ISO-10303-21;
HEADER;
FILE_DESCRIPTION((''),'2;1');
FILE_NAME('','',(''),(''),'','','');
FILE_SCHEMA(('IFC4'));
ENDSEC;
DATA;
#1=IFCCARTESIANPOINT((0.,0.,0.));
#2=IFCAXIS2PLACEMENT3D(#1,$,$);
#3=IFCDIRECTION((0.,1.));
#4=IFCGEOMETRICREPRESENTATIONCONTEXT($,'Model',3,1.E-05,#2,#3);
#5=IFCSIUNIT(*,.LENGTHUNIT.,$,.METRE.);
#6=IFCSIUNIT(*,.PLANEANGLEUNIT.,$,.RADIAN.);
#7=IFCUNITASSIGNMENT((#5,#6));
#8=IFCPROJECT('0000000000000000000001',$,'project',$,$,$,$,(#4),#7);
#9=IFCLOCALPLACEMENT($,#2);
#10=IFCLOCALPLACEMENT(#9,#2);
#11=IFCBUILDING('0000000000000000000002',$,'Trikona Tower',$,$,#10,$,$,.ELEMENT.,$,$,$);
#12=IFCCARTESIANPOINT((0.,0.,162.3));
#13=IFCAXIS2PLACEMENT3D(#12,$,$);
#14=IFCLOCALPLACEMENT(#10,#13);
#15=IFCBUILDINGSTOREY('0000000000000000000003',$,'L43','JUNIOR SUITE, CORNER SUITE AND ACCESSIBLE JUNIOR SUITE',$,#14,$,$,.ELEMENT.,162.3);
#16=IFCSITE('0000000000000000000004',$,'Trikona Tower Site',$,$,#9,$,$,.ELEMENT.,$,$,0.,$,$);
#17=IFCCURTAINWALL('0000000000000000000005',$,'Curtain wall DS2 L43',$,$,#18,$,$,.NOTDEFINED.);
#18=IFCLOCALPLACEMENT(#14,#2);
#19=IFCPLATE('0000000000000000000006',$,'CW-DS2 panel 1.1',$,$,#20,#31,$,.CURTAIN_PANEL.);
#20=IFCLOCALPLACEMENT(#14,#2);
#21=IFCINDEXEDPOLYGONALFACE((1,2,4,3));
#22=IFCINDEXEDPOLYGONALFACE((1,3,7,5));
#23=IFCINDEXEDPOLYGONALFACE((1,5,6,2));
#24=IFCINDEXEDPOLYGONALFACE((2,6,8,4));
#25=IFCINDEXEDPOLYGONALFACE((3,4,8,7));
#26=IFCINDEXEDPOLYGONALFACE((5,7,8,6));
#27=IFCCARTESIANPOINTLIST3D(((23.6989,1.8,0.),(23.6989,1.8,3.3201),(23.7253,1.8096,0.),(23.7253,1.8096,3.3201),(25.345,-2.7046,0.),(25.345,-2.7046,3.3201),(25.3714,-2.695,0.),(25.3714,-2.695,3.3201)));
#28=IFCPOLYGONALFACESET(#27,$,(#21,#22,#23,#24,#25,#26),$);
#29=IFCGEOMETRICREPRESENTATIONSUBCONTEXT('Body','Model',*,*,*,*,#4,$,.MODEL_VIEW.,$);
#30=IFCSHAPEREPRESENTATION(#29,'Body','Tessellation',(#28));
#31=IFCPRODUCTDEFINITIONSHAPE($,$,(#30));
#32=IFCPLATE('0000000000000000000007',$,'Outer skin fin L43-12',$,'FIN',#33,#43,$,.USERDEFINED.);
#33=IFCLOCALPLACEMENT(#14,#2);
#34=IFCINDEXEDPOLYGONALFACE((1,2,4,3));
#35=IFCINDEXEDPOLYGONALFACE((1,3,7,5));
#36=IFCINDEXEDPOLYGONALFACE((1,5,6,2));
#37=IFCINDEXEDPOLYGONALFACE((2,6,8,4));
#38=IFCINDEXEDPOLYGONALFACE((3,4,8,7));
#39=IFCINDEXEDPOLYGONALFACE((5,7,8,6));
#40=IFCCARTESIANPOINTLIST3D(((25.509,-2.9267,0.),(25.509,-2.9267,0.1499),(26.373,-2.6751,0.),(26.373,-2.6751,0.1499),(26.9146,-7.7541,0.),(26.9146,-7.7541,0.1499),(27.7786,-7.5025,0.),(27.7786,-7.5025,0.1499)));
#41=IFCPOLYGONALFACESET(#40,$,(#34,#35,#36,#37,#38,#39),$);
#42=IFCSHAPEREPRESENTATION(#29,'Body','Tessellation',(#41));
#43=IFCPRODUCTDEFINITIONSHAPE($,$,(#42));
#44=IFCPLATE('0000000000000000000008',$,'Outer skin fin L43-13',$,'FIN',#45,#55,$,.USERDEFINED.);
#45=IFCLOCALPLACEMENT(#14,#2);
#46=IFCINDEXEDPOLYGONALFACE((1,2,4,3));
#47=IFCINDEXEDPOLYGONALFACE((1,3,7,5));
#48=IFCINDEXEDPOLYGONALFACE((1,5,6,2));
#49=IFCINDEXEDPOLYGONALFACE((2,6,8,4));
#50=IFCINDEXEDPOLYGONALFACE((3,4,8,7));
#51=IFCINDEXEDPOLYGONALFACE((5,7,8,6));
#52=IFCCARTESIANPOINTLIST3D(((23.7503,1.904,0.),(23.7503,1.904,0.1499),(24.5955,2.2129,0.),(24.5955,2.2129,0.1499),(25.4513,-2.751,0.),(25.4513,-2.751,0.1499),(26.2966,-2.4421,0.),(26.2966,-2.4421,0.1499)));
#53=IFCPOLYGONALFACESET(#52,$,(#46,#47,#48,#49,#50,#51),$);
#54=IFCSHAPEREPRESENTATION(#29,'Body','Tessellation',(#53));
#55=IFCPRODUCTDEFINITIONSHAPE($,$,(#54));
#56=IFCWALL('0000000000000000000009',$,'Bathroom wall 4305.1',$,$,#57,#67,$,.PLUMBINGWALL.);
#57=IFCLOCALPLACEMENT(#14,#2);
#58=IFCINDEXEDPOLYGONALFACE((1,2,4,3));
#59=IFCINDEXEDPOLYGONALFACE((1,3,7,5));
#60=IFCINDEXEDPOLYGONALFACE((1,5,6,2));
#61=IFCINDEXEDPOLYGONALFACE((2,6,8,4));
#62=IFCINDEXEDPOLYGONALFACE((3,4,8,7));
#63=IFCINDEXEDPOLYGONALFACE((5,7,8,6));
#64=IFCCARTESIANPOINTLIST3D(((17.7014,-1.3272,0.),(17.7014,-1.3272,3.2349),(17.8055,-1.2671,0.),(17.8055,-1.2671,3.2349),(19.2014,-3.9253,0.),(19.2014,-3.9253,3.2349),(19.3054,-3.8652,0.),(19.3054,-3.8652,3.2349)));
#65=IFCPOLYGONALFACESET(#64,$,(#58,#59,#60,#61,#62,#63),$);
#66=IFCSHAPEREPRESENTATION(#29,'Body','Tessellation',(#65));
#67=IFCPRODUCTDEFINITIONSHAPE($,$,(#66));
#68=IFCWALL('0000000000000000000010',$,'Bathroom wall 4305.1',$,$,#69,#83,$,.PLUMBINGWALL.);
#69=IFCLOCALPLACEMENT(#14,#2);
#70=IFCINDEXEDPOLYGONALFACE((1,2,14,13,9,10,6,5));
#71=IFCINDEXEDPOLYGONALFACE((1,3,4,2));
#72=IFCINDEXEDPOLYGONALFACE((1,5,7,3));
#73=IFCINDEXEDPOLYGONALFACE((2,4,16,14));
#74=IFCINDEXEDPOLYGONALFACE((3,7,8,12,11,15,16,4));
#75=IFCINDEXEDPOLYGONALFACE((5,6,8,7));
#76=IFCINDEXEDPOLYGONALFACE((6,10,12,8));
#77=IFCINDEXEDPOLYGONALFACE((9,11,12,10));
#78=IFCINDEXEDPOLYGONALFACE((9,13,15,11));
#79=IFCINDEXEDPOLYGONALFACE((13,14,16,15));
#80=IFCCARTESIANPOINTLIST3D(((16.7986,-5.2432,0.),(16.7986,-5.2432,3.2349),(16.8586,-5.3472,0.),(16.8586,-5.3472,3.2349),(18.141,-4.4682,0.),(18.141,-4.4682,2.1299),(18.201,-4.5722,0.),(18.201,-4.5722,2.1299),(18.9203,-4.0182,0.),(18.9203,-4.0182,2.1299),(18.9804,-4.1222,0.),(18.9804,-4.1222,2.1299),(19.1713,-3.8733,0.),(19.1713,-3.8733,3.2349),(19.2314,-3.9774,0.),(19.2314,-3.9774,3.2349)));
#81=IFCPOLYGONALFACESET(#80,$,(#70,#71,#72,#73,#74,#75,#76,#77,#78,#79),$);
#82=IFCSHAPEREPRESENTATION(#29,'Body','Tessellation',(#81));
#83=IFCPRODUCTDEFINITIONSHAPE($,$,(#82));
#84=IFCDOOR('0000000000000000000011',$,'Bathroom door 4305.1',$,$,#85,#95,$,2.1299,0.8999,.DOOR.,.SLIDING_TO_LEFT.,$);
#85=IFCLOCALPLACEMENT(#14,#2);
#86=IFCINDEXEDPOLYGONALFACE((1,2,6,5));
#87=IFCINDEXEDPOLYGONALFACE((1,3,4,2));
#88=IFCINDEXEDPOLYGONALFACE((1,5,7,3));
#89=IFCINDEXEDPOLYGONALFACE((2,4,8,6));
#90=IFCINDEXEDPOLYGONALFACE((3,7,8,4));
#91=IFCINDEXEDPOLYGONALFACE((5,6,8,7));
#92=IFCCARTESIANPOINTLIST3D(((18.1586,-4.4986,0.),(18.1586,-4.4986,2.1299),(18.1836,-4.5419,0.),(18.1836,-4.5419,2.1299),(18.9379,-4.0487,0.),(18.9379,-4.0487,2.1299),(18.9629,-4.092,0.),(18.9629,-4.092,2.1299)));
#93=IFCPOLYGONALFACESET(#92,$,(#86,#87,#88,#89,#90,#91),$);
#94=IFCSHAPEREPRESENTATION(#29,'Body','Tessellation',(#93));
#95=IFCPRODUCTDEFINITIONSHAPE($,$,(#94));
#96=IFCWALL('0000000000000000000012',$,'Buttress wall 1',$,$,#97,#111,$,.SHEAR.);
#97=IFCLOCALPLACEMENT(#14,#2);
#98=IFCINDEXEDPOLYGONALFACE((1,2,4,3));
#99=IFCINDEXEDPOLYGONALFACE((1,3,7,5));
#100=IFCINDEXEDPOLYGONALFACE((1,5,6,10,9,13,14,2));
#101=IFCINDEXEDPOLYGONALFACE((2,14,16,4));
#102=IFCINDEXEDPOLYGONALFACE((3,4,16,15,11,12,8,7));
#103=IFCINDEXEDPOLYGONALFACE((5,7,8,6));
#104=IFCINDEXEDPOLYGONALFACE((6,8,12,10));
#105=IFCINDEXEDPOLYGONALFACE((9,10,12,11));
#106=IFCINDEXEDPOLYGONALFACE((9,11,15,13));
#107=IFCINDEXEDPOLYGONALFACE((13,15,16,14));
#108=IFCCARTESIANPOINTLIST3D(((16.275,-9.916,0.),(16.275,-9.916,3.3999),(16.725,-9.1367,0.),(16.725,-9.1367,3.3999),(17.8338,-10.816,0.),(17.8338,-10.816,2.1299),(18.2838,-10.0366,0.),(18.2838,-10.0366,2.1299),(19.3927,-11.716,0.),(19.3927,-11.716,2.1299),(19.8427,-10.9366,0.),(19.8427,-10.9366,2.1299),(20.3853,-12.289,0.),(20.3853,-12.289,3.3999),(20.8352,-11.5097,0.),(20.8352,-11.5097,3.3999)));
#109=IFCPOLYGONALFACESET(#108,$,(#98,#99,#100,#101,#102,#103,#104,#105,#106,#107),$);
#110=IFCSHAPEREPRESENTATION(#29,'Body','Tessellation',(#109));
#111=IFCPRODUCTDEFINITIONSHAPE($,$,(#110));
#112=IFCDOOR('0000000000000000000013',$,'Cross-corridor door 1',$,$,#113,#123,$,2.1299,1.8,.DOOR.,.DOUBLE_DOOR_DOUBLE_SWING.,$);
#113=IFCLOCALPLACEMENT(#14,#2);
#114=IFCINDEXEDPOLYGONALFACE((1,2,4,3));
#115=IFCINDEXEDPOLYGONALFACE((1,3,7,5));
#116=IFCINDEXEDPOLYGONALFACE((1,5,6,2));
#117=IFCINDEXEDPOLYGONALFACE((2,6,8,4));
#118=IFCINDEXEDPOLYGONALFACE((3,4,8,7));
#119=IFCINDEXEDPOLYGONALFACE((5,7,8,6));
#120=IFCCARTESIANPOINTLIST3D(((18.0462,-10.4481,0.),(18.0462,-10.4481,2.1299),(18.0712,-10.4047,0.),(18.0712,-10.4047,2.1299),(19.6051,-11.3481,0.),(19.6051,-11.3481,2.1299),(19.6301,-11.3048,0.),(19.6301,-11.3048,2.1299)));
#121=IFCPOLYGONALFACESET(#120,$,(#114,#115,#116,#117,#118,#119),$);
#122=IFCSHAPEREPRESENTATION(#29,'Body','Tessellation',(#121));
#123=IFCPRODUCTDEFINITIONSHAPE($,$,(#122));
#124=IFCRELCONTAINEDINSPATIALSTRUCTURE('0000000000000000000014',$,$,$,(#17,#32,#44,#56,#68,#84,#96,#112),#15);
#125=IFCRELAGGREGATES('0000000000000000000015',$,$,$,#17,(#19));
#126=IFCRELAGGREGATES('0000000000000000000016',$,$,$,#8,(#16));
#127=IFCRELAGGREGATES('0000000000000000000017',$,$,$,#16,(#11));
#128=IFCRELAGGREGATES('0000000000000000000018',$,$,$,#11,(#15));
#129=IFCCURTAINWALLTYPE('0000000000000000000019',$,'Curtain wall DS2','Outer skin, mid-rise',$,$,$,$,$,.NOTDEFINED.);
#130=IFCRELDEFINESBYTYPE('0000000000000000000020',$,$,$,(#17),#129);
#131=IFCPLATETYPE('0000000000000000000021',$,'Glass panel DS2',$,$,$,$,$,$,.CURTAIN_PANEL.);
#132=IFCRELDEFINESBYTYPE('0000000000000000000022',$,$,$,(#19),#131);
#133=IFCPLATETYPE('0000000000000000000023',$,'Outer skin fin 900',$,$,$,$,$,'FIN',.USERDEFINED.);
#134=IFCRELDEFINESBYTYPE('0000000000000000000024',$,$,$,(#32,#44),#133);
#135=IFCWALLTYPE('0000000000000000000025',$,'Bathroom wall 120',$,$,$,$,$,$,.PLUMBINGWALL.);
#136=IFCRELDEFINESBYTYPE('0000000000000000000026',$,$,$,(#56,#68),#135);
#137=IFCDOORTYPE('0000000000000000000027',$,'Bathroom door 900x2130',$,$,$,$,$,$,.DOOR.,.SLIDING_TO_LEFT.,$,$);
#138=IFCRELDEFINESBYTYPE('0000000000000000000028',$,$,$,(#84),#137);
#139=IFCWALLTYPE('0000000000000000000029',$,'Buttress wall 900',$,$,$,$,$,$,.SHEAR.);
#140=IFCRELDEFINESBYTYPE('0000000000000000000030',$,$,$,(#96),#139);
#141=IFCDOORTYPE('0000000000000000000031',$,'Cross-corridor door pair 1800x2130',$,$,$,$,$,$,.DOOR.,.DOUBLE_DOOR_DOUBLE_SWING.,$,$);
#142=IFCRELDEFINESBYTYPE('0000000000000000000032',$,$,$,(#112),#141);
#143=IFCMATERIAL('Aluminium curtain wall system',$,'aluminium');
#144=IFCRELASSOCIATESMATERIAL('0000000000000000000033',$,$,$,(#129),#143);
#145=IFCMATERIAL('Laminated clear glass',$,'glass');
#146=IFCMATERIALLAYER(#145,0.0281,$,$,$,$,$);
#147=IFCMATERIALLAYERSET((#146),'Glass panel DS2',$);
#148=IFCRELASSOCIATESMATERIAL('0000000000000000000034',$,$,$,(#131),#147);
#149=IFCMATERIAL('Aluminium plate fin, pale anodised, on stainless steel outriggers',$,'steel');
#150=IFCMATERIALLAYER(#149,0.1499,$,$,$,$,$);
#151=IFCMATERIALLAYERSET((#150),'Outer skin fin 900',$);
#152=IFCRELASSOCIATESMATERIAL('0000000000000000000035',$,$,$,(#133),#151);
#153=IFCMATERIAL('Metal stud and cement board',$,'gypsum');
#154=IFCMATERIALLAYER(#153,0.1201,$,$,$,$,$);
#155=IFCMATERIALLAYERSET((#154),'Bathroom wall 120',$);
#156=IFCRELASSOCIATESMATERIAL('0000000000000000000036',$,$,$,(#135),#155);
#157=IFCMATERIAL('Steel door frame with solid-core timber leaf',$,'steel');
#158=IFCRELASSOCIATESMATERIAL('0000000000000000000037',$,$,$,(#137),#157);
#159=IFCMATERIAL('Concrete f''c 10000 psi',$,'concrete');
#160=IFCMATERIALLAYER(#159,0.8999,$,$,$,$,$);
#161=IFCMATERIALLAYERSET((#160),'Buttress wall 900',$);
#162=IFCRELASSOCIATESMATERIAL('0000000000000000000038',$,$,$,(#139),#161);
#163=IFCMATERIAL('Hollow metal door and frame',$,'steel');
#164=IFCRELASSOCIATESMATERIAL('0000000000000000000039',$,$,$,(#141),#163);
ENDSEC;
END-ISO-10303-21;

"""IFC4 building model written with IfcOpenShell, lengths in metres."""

from ifc_helpers import new_model, si_unit, direction, frame, frame_2d, origin, origin_2d, place, context, subcontext, project, spatial, rectangle, extrude, material, layer, layer_set, type_object, element, fill, aggregate, save


model = new_model("IFC4")

# Units and contexts
model_context = context("Model", 3, precision=1e-05, world=origin(), true_north=direction((0.0, 1.0)))
body_context = subcontext(model_context, "Body", "Model", "MODEL_VIEW")
ifc_project = project(units=[si_unit("LENGTHUNIT", "METRE"), si_unit("PLANEANGLEUNIT", "RADIAN")], contexts=[model_context])

# Site, building, storey
site_placement = place(None, origin())
site = spatial("IfcSite", under=ifc_project, at=site_placement, Name="Trikona Tower Site", CompositionType="ELEMENT", RefElevation=0.0)
building_placement = place(site_placement, origin())
building = spatial("IfcBuilding", under=site, at=building_placement, Name="Trikona Tower", CompositionType="ELEMENT")
storey_placement = place(building_placement, frame((0.0, 0.0, 162.3)))
storey = spatial("IfcBuildingStorey", under=building, at=storey_placement, Name="L43", Description="JUNIOR SUITE, CORNER SUITE AND ACCESSIBLE JUNIOR SUITE", CompositionType="ELEMENT", Elevation=162.3)

# Shared definitions
ifc_material_1 = material(Name="Aluminium curtain wall system", Category="aluminium")
curtain_wall_type = type_object("IfcCurtainWallType", Name="Curtain wall DS2", Description="Outer skin, mid-rise", PredefinedType="NOTDEFINED", material=ifc_material_1)

# Curtain wall
curtain_wall_1_placement = place(storey_placement, origin())
curtain_wall_1 = element("IfcCurtainWall", 1, at=curtain_wall_1_placement, inside=storey, type_object=curtain_wall_type, Name="Curtain wall DS2 L43", PredefinedType="NOTDEFINED")

# Plate
ifc_material_2 = material(Name="Laminated clear glass", Category="glass")
ifc_layer_1 = layer(ifc_material_2, 0.0281)
ifc_layer_set_1 = layer_set([ifc_layer_1], Name="Glass panel DS2")
plate_type_1 = type_object("IfcPlateType", Name="Glass panel DS2", PredefinedType="CURTAIN_PANEL", material=ifc_layer_set_1)
plate_1_placement = place(storey_placement, frame((24.5352, -0.4475, 0.0), z_axis=(0.0, 0.0, 1.0), x_axis=(-0.343223, 0.939254, 0.0)))
plate_1 = element("IfcPlate", 2, at=plate_1_placement, type_object=plate_type_1, Name="CW-DS2 panel 1.1", PredefinedType="CURTAIN_PANEL", context=body_context, shape_type="SweptSolid", body=[
    extrude(rectangle(XDim=4.7959, YDim=0.0281, at=origin_2d()), origin(), (0.0, 0.0, 1.0), 3.3201),
])
aggregate(curtain_wall_1, [plate_1])

# Plates
ifc_material_3 = material(Name="Aluminium plate fin, pale anodised, on stainless steel outriggers", Category="steel")
ifc_layer_2 = layer(ifc_material_3, 0.1499)
ifc_layer_set_2 = layer_set([ifc_layer_2], Name="Outer skin fin 900")
plate_type_2 = type_object("IfcPlateType", Name="Outer skin fin 900", ElementType="FIN", PredefinedType="USERDEFINED", material=ifc_layer_set_2)
plate_2_placement = place(storey_placement, frame((26.6438, -5.2146, 0.0), z_axis=(0.0, 0.0, 1.0), x_axis=(-0.279554, 0.96013, 0.0)))
element("IfcPlate", 3, at=plate_2_placement, inside=storey, type_object=plate_type_2, Name="Outer skin fin L43-12", ObjectType="FIN", PredefinedType="USERDEFINED", context=body_context, shape_type="SweptSolid", body=[
    extrude(rectangle(XDim=5.0278, YDim=0.8999, at=origin_2d()), origin(), (0.0, 0.0, 1.0), 0.1499),
])
plate_3_placement = place(storey_placement, frame((25.0234, -0.269, 0.0), z_axis=(0.0, 0.0, 1.0), x_axis=(-0.34322, 0.939255, 0.0)))
element("IfcPlate", 4, at=plate_3_placement, inside=storey, type_object=plate_type_2, Name="Outer skin fin L43-13", ObjectType="FIN", PredefinedType="USERDEFINED", context=body_context, shape_type="SweptSolid", body=[
    extrude(rectangle(XDim=4.9561, YDim=0.8999, at=origin_2d()), origin(), (0.0, 0.0, 1.0), 0.1499),
])

# Wall
ifc_material_4 = material(Name="Metal stud and cement board", Category="gypsum")
ifc_layer_3 = layer(ifc_material_4, 0.1201)
ifc_layer_set_3 = layer_set([ifc_layer_3], Name="Bathroom wall 120")
wall_type_1 = type_object("IfcWallType", Name="Bathroom wall 120", PredefinedType="PLUMBINGWALL", material=ifc_layer_set_3)
wall_1_placement = place(storey_placement, frame((19.2534, -3.8953, 0.0), z_axis=(0.0, 0.0, 1.0), x_axis=(-0.49999, 0.866031, 0.0)))
element("IfcWall", 5, at=wall_1_placement, inside=storey, type_object=wall_type_1, Name="Bathroom wall 4305.1", PredefinedType="PLUMBINGWALL", context=body_context, shape_type="SweptSolid", body=[
    extrude(rectangle(XDim=3.0, YDim=0.1201, at=frame_2d((1.5, 0.0))), origin(), (0.0, 0.0, 1.0), 3.2349),
])

# Walls, openings, doors
wall_2_placement = place(storey_placement, frame((16.8286, -5.2952, 0.0), z_axis=(0.0, 0.0, 1.0), x_axis=(0.866036, 0.499982, 0.0)))
wall_2 = element("IfcWall", 6, at=wall_2_placement, inside=storey, type_object=wall_type_1, Name="Bathroom wall 4305.1", PredefinedType="PLUMBINGWALL", context=body_context, shape_type="SweptSolid", body=[
    extrude(rectangle(XDim=2.7397, YDim=0.1201, at=frame_2d((1.3699, 0.0))), origin(), (0.0, 0.0, 1.0), 3.2349),
])
opening_1_placement = place(wall_2_placement, frame((1.55, 0.0, 0.0)))
opening_1 = element("IfcOpeningElement", 7, at=opening_1_placement, cuts=wall_2, PredefinedType="OPENING", context=body_context, shape_type="SweptSolid", body=[
    extrude(rectangle(XDim=0.8999, YDim=2.1299, at=frame_2d((0.45, 1.0649))), frame((0.0, 0.0701, 0.0), z_axis=(0.0, -1.0, 0.0), x_axis=(1.0, 0.0, 0.0)), (0.0, 0.0, 1.0), 0.1401),
])
ifc_material_5 = material(Name="Steel door frame with solid-core timber leaf", Category="steel")
door_type_1 = type_object("IfcDoorType", Name="Bathroom door 900x2130", OperationType="SLIDING_TO_LEFT", PredefinedType="DOOR", material=ifc_material_5)
door_1_placement = place(opening_1_placement, origin())
door_1 = element("IfcDoor", 8, at=door_1_placement, inside=storey, type_object=door_type_1, Name="Bathroom door 4305.1", OperationType="SLIDING_TO_LEFT", OverallHeight=2.1299, OverallWidth=0.8999, PredefinedType="DOOR", context=body_context, shape_type="SweptSolid", body=[
    extrude(rectangle(XDim=0.8999, YDim=2.1299, at=frame_2d((0.45, 1.0649))), frame((0.0, 0.0249, 0.0), z_axis=(0.0, -1.0, 0.0), x_axis=(1.0, 0.0, 0.0)), (0.0, 0.0, 1.0), 0.05),
])
fill(opening_1, door_1)
ifc_material_6 = material(Name="Concrete f'c 10000 psi", Category="concrete")
ifc_layer_4 = layer(ifc_material_6, 0.8999)
ifc_layer_set_4 = layer_set([ifc_layer_4], Name="Buttress wall 900")
wall_type_2 = type_object("IfcWallType", Name="Buttress wall 900", PredefinedType="SHEAR", material=ifc_layer_set_4)
wall_3_placement = place(storey_placement, frame((16.5, -9.5264, 0.0), z_axis=(0.0, 0.0, 1.0), x_axis=(0.866031, -0.49999, 0.0)))
wall_3 = element("IfcWall", 9, at=wall_3_placement, inside=storey, type_object=wall_type_2, Name="Buttress wall 1", PredefinedType="SHEAR", context=body_context, shape_type="SweptSolid", body=[
    extrude(rectangle(XDim=4.7461, YDim=0.8999, at=frame_2d((2.373, 0.0))), origin(), (0.0, 0.0, 1.0), 3.3999),
])
opening_2_placement = place(wall_3_placement, frame((1.8, 0.0, 0.0)))
opening_2 = element("IfcOpeningElement", 10, at=opening_2_placement, cuts=wall_3, PredefinedType="OPENING", context=body_context, shape_type="SweptSolid", body=[
    extrude(rectangle(XDim=1.8, YDim=2.1299, at=frame_2d((0.8999, 1.0649))), frame((0.0, 0.46, 0.0), z_axis=(0.0, -1.0, 0.0), x_axis=(1.0, 0.0, 0.0)), (0.0, 0.0, 1.0), 0.9199),
])
ifc_material_7 = material(Name="Hollow metal door and frame", Category="steel")
door_type_2 = type_object("IfcDoorType", Name="Cross-corridor door pair 1800x2130", OperationType="DOUBLE_DOOR_DOUBLE_SWING", PredefinedType="DOOR", material=ifc_material_7)
door_2_placement = place(opening_2_placement, origin())
door_2 = element("IfcDoor", 11, at=door_2_placement, inside=storey, type_object=door_type_2, Name="Cross-corridor door 1", OperationType="DOUBLE_DOOR_DOUBLE_SWING", OverallHeight=2.1299, OverallWidth=1.8, PredefinedType="DOOR", context=body_context, shape_type="SweptSolid", body=[
    extrude(rectangle(XDim=1.8, YDim=2.1299, at=frame_2d((0.8999, 1.0649))), frame((0.0, 0.0249, 0.0), z_axis=(0.0, -1.0, 0.0), x_axis=(1.0, 0.0, 0.0)), (0.0, 0.0, 1.0), 0.05),
])
fill(opening_2, door_2)

save(model, "model.ifc")
